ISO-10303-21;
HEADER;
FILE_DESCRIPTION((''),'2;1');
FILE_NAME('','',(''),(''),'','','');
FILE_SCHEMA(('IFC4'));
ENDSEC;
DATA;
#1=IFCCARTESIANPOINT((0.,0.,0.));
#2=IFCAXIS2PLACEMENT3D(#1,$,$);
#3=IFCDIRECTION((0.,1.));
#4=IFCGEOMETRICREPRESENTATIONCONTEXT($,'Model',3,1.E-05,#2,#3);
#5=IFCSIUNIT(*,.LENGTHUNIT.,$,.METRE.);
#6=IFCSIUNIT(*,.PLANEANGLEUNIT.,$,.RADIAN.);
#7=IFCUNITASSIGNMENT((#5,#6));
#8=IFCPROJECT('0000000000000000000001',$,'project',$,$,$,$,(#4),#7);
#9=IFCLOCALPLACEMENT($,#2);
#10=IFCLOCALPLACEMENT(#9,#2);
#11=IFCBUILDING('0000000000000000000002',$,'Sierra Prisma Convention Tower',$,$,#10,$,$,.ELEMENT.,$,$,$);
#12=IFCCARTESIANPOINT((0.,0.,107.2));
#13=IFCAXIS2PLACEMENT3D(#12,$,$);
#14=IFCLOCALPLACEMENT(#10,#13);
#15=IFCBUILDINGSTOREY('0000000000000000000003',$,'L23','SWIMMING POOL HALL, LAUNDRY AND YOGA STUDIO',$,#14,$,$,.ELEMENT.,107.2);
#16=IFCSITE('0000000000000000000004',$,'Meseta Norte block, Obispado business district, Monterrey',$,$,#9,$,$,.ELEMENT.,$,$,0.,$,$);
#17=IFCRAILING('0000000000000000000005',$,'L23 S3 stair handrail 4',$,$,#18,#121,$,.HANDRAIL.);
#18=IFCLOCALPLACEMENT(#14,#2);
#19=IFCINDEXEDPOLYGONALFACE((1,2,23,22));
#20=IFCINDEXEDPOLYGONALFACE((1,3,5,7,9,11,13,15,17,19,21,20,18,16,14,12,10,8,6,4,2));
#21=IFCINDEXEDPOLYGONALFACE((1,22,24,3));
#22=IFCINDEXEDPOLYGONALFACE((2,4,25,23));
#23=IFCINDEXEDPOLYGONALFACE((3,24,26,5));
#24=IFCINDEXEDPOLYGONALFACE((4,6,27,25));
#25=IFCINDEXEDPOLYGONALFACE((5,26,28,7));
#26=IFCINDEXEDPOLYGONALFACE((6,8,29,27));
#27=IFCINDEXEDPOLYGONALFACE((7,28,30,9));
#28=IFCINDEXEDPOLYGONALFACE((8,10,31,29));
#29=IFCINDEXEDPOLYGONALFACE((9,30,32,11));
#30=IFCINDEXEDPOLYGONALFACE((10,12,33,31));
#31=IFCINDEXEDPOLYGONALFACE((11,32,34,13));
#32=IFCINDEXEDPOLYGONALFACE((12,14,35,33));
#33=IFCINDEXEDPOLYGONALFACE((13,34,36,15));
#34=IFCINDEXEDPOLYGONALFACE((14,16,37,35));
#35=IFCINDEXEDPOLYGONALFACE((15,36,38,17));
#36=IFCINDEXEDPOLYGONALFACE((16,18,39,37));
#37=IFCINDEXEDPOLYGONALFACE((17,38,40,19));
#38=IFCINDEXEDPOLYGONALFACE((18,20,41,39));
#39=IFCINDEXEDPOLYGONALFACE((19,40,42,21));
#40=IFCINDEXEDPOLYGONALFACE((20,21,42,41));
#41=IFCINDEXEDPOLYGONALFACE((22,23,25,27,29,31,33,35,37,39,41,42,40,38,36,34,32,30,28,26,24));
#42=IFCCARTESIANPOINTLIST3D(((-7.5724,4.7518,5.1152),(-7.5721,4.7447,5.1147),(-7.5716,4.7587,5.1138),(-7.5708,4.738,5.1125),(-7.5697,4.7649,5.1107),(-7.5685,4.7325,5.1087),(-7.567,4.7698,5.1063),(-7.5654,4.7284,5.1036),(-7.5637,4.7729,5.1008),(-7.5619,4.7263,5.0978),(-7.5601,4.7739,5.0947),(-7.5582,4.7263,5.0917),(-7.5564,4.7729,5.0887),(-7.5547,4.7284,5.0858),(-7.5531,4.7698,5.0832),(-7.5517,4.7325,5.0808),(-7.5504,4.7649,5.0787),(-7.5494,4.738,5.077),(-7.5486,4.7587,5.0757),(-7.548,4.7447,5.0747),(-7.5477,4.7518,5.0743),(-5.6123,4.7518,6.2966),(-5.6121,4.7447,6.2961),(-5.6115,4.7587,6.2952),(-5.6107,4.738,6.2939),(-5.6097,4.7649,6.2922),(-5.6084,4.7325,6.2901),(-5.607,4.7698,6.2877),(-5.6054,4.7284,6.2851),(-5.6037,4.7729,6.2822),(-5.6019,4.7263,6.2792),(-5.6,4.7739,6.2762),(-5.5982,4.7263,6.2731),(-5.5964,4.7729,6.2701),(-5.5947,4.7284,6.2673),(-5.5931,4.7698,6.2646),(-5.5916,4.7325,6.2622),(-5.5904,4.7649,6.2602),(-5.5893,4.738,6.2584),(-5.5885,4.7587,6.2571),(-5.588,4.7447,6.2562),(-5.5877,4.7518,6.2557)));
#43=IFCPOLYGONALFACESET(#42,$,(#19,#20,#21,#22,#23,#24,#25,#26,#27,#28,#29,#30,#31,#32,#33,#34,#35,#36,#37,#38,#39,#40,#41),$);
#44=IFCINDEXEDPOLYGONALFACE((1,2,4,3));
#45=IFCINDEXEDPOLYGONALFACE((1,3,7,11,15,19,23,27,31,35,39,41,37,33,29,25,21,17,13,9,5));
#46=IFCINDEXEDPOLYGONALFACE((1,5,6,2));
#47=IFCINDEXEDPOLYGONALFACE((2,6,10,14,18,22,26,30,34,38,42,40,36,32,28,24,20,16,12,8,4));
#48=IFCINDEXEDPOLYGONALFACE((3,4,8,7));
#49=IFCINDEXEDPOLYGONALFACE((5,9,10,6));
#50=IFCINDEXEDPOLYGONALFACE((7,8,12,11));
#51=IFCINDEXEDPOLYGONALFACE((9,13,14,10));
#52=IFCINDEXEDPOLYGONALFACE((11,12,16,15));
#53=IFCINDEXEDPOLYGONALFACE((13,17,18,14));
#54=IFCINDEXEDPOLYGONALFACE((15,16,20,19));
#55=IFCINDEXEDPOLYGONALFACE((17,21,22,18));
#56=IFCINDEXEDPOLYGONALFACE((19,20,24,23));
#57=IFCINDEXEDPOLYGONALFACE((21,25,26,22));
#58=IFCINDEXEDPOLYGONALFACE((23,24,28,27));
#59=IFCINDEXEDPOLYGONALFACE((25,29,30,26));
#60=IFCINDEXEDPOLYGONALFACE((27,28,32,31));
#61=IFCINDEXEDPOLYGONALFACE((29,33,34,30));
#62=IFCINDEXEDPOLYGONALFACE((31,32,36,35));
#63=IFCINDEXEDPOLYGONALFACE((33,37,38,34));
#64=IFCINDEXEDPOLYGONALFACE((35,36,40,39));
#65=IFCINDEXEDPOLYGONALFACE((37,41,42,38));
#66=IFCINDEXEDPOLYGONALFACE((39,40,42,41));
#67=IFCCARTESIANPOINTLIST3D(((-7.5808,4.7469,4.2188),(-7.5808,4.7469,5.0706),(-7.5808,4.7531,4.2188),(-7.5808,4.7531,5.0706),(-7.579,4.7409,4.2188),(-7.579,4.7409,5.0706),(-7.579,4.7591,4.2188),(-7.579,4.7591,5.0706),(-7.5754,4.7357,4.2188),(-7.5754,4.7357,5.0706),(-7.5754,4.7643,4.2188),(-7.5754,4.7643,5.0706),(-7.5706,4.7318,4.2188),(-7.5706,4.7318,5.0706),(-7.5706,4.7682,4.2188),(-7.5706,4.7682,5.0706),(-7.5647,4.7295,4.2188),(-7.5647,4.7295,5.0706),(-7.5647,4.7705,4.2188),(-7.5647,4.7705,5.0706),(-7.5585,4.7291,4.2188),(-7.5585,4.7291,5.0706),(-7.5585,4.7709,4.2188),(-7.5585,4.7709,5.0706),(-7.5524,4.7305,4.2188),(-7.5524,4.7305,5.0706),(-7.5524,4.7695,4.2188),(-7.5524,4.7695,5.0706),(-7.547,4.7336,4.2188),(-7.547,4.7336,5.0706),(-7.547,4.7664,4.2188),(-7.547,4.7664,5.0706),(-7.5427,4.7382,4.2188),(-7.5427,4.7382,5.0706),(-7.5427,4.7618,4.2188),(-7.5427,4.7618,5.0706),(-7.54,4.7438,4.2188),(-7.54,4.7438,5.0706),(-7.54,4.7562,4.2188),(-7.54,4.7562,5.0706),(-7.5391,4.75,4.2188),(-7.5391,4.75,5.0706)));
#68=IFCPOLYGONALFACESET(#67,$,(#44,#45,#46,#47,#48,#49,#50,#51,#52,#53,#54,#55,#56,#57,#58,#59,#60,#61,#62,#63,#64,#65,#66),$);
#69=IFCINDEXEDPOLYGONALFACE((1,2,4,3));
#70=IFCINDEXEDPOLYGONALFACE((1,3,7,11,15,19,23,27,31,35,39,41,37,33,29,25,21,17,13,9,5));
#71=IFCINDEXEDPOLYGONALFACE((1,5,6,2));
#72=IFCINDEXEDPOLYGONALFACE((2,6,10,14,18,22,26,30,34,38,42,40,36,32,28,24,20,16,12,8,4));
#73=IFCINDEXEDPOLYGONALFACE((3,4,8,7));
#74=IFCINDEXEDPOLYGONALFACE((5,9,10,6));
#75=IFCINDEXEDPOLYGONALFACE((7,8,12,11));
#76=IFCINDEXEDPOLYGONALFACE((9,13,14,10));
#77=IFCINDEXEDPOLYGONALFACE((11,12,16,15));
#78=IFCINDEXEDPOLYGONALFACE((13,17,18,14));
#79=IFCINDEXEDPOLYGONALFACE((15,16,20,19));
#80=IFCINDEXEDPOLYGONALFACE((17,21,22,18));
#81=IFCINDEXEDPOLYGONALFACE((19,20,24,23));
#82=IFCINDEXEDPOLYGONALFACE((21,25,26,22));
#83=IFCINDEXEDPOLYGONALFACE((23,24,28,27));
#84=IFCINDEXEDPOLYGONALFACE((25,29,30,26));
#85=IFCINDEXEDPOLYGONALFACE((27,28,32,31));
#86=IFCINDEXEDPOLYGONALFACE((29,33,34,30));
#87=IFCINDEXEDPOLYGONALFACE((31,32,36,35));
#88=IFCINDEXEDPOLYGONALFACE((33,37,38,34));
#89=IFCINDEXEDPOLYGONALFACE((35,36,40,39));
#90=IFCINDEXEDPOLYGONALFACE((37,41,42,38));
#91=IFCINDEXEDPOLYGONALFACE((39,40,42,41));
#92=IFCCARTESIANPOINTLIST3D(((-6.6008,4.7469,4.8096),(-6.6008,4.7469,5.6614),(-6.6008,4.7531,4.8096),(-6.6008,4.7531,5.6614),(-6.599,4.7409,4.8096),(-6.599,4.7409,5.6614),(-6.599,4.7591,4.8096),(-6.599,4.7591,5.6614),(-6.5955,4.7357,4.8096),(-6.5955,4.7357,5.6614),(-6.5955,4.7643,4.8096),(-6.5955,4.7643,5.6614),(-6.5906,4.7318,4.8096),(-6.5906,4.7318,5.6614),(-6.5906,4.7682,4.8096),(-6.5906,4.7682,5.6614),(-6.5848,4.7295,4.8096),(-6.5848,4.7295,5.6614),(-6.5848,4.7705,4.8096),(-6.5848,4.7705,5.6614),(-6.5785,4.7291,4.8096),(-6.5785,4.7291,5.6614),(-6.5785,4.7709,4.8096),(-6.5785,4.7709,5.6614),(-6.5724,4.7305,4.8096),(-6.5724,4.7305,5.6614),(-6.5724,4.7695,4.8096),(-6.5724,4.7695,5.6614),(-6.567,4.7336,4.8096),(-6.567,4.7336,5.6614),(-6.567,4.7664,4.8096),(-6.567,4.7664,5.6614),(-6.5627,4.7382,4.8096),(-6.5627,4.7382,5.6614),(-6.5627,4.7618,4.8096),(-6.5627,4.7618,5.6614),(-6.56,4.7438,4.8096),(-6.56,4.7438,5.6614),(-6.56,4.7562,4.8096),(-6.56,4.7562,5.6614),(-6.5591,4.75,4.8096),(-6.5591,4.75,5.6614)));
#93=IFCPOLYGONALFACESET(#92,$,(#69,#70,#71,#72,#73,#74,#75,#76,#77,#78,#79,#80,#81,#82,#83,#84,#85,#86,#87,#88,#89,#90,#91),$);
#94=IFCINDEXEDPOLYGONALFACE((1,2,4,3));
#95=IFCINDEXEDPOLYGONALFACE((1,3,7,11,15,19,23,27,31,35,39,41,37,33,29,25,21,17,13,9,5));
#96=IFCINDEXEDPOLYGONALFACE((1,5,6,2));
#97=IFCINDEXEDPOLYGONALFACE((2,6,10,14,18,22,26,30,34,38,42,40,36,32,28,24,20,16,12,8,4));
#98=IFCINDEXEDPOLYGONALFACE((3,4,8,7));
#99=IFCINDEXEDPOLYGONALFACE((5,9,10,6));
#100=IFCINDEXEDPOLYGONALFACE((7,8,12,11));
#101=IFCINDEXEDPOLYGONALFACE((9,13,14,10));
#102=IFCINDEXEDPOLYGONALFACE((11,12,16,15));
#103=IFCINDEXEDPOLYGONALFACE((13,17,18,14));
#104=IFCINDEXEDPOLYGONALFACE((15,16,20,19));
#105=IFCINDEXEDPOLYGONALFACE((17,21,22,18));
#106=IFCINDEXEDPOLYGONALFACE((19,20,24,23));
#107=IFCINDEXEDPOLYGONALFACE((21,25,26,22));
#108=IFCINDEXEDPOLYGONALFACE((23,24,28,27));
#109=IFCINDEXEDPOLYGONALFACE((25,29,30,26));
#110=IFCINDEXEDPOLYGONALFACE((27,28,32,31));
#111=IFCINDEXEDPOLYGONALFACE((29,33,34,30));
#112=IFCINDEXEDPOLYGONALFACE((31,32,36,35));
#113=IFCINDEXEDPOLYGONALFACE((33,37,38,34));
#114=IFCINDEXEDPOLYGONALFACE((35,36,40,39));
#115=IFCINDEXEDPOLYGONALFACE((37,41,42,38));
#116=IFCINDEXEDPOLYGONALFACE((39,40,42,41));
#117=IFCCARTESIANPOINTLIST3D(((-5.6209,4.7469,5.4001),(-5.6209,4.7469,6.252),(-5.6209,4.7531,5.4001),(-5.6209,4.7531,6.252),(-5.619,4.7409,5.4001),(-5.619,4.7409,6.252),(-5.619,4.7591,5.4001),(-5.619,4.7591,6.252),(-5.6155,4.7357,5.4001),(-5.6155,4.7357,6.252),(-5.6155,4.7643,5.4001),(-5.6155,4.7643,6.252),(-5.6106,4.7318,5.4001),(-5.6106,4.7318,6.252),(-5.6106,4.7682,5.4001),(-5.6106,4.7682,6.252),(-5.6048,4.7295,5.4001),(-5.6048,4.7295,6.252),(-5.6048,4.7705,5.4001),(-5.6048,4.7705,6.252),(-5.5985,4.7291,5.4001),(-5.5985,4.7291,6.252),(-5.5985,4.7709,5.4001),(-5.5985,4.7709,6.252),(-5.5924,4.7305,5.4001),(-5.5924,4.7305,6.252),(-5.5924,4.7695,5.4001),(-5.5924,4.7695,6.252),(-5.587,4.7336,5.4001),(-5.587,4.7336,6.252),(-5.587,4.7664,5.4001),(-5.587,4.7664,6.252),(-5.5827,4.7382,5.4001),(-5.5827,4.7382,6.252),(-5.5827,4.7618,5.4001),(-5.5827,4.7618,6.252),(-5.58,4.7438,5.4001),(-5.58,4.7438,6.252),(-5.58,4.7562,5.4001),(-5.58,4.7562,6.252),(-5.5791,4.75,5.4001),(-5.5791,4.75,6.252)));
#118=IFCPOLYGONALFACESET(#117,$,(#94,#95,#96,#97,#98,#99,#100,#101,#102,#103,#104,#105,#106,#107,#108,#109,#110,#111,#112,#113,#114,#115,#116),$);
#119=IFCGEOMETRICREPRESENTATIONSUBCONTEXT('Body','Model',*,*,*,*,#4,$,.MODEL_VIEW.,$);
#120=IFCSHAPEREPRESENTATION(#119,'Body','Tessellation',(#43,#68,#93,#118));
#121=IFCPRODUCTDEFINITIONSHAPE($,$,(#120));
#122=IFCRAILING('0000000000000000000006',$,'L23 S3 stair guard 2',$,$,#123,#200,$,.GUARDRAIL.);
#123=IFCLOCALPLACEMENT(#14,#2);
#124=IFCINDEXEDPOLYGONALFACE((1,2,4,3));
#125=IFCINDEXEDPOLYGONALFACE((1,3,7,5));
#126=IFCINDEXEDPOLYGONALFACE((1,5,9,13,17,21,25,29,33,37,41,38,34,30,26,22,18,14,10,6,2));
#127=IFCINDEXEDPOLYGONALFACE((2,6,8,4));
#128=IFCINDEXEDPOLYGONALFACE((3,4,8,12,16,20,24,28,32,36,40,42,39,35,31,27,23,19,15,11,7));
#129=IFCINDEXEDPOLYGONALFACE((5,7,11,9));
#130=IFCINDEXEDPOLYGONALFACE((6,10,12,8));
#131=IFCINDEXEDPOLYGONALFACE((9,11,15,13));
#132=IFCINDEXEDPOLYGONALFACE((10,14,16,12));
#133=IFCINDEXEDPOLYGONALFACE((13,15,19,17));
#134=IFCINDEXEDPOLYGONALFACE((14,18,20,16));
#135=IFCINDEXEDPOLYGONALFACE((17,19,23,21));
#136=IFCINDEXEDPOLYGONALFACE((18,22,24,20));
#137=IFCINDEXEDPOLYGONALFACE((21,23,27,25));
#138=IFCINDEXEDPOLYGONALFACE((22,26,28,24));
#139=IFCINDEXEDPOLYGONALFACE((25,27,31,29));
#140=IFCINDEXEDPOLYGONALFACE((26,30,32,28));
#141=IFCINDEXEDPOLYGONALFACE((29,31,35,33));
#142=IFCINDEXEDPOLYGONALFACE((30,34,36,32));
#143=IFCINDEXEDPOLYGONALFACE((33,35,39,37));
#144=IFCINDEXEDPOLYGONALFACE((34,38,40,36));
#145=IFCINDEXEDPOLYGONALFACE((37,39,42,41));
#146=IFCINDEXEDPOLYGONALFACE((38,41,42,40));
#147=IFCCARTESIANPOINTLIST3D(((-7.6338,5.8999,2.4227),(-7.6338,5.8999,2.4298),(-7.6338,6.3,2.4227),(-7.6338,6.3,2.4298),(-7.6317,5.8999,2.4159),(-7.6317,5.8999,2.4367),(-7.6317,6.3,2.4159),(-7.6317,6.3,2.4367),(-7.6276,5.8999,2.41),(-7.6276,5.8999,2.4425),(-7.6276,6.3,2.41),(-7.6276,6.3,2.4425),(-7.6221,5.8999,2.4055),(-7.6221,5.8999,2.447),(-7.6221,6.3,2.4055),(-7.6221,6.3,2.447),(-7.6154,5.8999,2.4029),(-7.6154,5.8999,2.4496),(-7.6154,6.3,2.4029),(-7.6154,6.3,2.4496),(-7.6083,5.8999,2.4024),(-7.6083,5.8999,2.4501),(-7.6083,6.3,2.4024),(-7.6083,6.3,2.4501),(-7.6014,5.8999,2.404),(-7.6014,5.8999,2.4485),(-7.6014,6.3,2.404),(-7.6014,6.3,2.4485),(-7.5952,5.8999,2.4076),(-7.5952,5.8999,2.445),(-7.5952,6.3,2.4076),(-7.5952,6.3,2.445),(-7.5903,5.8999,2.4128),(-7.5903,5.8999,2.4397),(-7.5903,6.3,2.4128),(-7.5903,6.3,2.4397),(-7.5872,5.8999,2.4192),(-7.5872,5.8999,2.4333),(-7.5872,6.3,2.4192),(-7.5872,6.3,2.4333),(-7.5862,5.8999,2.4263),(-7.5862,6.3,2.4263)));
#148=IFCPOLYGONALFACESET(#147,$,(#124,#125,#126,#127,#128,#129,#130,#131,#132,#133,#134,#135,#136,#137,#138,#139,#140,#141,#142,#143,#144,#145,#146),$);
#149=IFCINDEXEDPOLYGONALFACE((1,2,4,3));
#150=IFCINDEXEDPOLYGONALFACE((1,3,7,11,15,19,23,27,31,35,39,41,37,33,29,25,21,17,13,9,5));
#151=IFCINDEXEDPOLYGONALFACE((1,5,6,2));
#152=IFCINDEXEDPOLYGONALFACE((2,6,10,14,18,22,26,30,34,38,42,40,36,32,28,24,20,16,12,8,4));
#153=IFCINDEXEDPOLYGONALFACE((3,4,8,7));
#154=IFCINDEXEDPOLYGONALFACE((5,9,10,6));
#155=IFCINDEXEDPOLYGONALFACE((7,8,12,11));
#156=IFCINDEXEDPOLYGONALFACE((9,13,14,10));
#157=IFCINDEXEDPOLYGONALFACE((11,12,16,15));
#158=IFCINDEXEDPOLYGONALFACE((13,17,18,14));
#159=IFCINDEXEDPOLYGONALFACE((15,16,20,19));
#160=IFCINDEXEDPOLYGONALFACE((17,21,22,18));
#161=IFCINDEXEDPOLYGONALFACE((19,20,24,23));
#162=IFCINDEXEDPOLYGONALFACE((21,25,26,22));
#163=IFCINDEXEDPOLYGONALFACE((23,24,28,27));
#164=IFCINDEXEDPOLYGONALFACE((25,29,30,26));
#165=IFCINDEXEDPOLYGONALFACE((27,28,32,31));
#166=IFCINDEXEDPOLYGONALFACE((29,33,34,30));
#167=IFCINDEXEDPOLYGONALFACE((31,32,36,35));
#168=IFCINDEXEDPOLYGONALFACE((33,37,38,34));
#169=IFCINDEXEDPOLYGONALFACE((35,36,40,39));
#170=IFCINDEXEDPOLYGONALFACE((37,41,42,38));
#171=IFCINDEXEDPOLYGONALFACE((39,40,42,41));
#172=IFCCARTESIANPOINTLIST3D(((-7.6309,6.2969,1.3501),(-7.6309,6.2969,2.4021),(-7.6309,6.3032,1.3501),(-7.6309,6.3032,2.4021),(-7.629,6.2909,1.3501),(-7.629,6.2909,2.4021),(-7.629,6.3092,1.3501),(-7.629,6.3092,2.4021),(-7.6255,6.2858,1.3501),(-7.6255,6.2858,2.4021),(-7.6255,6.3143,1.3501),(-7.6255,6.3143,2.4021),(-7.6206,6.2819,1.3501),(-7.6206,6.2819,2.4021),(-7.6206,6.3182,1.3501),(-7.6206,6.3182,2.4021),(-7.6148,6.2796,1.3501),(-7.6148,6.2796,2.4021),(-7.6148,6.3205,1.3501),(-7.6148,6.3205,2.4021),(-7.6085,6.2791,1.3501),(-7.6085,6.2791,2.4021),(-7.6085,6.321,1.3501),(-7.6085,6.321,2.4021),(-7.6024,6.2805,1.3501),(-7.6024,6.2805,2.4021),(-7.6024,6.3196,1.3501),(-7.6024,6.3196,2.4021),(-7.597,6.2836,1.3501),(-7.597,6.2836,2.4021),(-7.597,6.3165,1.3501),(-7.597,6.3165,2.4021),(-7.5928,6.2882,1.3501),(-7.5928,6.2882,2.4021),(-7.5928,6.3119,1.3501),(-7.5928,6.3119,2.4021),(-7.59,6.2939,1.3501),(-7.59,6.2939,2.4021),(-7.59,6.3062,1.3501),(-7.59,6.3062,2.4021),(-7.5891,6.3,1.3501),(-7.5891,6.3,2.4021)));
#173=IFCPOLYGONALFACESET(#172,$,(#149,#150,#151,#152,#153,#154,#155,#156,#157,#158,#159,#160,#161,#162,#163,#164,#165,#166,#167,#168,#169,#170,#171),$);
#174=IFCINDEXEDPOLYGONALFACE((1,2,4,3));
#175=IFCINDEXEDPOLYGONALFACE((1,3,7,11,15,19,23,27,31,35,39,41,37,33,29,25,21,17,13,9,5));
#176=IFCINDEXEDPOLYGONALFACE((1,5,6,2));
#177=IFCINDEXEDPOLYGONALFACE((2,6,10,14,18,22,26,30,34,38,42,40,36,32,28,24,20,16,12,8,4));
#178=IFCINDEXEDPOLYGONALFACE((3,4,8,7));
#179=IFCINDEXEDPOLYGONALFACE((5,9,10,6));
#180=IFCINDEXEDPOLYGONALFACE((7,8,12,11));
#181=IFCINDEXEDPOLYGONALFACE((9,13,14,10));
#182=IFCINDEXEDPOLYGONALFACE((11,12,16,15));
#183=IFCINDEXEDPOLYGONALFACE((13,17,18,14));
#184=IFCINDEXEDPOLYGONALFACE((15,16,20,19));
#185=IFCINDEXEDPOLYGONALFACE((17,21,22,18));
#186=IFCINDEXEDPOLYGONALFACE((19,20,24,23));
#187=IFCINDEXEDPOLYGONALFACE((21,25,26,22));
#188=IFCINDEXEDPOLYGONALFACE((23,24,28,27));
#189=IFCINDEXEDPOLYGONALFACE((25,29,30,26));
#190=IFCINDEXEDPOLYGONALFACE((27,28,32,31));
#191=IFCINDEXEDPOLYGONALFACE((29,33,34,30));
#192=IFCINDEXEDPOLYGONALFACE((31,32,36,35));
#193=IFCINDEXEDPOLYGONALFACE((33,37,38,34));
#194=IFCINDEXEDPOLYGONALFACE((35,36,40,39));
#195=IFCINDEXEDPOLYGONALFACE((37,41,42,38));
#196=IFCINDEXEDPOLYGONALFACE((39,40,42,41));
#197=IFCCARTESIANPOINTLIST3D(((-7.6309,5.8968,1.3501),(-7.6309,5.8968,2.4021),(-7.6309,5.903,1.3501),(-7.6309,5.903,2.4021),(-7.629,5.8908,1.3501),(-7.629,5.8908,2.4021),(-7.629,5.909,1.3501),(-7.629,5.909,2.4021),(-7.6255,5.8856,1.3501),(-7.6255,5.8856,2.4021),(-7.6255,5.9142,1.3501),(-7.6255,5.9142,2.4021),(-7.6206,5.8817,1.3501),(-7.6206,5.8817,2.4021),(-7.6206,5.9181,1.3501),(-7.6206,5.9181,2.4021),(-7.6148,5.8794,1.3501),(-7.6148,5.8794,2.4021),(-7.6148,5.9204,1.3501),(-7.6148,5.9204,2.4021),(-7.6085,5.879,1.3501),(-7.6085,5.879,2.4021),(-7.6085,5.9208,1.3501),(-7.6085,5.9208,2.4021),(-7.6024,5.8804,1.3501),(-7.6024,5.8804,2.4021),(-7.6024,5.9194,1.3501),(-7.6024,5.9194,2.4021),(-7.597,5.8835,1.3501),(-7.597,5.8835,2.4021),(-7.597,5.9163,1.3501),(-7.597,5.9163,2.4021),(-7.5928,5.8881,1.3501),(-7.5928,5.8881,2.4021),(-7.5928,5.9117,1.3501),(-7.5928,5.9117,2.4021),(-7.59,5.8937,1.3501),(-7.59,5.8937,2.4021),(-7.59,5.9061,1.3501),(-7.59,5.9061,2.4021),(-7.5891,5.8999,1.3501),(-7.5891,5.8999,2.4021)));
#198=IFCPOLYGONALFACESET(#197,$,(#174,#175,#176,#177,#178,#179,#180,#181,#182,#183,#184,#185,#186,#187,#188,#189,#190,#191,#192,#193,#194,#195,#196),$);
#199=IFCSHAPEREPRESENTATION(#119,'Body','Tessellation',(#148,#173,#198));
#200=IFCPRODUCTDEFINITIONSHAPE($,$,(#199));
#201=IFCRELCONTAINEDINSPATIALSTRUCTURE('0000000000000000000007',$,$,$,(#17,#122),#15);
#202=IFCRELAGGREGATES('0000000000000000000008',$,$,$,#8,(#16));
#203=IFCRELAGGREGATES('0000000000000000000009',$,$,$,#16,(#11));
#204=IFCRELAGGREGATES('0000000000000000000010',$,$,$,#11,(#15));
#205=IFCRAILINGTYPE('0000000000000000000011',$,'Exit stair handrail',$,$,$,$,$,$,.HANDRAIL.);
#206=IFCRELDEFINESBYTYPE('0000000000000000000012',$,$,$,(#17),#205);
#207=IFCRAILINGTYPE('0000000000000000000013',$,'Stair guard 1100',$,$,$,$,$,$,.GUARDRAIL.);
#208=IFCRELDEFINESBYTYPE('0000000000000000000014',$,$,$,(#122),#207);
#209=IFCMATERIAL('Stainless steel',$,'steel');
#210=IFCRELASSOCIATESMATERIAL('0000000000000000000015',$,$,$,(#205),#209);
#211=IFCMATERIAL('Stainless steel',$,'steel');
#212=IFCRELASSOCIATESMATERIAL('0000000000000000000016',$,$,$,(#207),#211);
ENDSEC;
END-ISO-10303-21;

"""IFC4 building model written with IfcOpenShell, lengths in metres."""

from ifc_helpers import new_model, si_unit, direction, frame, origin, origin_2d, place, context, subcontext, project, spatial, circle, extrude, material, type_object, element, save


model = new_model("IFC4")

# Units and contexts
model_context = context("Model", 3, precision=1e-05, world=origin(), true_north=direction((0.0, 1.0)))
body_context = subcontext(model_context, "Body", "Model", "MODEL_VIEW")
ifc_project = project(units=[si_unit("LENGTHUNIT", "METRE"), si_unit("PLANEANGLEUNIT", "RADIAN")], contexts=[model_context])

# Site, building, storey
site_placement = place(None, origin())
site = spatial("IfcSite", under=ifc_project, at=site_placement, Name="Meseta Norte block, Obispado business district, Monterrey", CompositionType="ELEMENT", RefElevation=0.0)
building_placement = place(site_placement, origin())
building = spatial("IfcBuilding", under=site, at=building_placement, Name="Sierra Prisma Convention Tower", CompositionType="ELEMENT")
storey_placement = place(building_placement, frame((0.0, 0.0, 107.2)))
storey = spatial("IfcBuildingStorey", under=building, at=storey_placement, Name="L23", Description="SWIMMING POOL HALL, LAUNDRY AND YOGA STUDIO", CompositionType="ELEMENT", Elevation=107.2)

# Railings
ifc_material_1 = material(Name="Stainless steel", Category="steel")
railing_type_1 = type_object("IfcRailingType", Name="Exit stair handrail", PredefinedType="HANDRAIL", material=ifc_material_1)
railing_1_placement = place(storey_placement, frame((-7.5601, 4.75, 4.2188)))
element("IfcRailing", 1, at=railing_1_placement, inside=storey, type_object=railing_type_1, Name="L23 S3 stair handrail 4", PredefinedType="HANDRAIL", context=body_context, shape_type="SweptSolid", body=[
    extrude(circle(Radius=0.0239, at=origin_2d()), frame((0.0, 0.0, 0.876), z_axis=(0.856446, 0.0, 0.516236), x_axis=(0.0, 1.0, 0.0)), (0.0, 0.0, 1.0), 2.2886),
    extrude(circle(Radius=0.021, at=origin_2d()), origin(), (0.0, 0.0, 1.0), 0.8518),
    extrude(circle(Radius=0.021, at=origin_2d()), frame((0.98, 0.0, 0.5908)), (0.0, 0.0, 1.0), 0.8518),
    extrude(circle(Radius=0.021, at=origin_2d()), frame((1.96, 0.0, 1.1814)), (0.0, 0.0, 1.0), 0.8518),
])
ifc_material_2 = material(Name="Stainless steel", Category="steel")
railing_type_2 = type_object("IfcRailingType", Name="Stair guard 1100", PredefinedType="GUARDRAIL", material=ifc_material_2)
railing_2_placement = place(storey_placement, frame((-7.6101, 6.3, 1.3501)))
element("IfcRailing", 2, at=railing_2_placement, inside=storey, type_object=railing_type_2, Name="L23 S3 stair guard 2", PredefinedType="GUARDRAIL", context=body_context, shape_type="SweptSolid", body=[
    extrude(circle(Radius=0.0239, at=origin_2d()), frame((0.0, 0.0, 1.0762), z_axis=(0.0, -1.0, 0.0), x_axis=(1.0, 0.0, 0.0)), (0.0, 0.0, 1.0), 0.4001),
    extrude(circle(Radius=0.021, at=origin_2d()), origin(), (0.0, 0.0, 1.0), 1.052),
    extrude(circle(Radius=0.021, at=origin_2d()), frame((0.0, -0.4001, 0.0)), (0.0, 0.0, 1.0), 1.052),
])

save(model, "model.ifc")
